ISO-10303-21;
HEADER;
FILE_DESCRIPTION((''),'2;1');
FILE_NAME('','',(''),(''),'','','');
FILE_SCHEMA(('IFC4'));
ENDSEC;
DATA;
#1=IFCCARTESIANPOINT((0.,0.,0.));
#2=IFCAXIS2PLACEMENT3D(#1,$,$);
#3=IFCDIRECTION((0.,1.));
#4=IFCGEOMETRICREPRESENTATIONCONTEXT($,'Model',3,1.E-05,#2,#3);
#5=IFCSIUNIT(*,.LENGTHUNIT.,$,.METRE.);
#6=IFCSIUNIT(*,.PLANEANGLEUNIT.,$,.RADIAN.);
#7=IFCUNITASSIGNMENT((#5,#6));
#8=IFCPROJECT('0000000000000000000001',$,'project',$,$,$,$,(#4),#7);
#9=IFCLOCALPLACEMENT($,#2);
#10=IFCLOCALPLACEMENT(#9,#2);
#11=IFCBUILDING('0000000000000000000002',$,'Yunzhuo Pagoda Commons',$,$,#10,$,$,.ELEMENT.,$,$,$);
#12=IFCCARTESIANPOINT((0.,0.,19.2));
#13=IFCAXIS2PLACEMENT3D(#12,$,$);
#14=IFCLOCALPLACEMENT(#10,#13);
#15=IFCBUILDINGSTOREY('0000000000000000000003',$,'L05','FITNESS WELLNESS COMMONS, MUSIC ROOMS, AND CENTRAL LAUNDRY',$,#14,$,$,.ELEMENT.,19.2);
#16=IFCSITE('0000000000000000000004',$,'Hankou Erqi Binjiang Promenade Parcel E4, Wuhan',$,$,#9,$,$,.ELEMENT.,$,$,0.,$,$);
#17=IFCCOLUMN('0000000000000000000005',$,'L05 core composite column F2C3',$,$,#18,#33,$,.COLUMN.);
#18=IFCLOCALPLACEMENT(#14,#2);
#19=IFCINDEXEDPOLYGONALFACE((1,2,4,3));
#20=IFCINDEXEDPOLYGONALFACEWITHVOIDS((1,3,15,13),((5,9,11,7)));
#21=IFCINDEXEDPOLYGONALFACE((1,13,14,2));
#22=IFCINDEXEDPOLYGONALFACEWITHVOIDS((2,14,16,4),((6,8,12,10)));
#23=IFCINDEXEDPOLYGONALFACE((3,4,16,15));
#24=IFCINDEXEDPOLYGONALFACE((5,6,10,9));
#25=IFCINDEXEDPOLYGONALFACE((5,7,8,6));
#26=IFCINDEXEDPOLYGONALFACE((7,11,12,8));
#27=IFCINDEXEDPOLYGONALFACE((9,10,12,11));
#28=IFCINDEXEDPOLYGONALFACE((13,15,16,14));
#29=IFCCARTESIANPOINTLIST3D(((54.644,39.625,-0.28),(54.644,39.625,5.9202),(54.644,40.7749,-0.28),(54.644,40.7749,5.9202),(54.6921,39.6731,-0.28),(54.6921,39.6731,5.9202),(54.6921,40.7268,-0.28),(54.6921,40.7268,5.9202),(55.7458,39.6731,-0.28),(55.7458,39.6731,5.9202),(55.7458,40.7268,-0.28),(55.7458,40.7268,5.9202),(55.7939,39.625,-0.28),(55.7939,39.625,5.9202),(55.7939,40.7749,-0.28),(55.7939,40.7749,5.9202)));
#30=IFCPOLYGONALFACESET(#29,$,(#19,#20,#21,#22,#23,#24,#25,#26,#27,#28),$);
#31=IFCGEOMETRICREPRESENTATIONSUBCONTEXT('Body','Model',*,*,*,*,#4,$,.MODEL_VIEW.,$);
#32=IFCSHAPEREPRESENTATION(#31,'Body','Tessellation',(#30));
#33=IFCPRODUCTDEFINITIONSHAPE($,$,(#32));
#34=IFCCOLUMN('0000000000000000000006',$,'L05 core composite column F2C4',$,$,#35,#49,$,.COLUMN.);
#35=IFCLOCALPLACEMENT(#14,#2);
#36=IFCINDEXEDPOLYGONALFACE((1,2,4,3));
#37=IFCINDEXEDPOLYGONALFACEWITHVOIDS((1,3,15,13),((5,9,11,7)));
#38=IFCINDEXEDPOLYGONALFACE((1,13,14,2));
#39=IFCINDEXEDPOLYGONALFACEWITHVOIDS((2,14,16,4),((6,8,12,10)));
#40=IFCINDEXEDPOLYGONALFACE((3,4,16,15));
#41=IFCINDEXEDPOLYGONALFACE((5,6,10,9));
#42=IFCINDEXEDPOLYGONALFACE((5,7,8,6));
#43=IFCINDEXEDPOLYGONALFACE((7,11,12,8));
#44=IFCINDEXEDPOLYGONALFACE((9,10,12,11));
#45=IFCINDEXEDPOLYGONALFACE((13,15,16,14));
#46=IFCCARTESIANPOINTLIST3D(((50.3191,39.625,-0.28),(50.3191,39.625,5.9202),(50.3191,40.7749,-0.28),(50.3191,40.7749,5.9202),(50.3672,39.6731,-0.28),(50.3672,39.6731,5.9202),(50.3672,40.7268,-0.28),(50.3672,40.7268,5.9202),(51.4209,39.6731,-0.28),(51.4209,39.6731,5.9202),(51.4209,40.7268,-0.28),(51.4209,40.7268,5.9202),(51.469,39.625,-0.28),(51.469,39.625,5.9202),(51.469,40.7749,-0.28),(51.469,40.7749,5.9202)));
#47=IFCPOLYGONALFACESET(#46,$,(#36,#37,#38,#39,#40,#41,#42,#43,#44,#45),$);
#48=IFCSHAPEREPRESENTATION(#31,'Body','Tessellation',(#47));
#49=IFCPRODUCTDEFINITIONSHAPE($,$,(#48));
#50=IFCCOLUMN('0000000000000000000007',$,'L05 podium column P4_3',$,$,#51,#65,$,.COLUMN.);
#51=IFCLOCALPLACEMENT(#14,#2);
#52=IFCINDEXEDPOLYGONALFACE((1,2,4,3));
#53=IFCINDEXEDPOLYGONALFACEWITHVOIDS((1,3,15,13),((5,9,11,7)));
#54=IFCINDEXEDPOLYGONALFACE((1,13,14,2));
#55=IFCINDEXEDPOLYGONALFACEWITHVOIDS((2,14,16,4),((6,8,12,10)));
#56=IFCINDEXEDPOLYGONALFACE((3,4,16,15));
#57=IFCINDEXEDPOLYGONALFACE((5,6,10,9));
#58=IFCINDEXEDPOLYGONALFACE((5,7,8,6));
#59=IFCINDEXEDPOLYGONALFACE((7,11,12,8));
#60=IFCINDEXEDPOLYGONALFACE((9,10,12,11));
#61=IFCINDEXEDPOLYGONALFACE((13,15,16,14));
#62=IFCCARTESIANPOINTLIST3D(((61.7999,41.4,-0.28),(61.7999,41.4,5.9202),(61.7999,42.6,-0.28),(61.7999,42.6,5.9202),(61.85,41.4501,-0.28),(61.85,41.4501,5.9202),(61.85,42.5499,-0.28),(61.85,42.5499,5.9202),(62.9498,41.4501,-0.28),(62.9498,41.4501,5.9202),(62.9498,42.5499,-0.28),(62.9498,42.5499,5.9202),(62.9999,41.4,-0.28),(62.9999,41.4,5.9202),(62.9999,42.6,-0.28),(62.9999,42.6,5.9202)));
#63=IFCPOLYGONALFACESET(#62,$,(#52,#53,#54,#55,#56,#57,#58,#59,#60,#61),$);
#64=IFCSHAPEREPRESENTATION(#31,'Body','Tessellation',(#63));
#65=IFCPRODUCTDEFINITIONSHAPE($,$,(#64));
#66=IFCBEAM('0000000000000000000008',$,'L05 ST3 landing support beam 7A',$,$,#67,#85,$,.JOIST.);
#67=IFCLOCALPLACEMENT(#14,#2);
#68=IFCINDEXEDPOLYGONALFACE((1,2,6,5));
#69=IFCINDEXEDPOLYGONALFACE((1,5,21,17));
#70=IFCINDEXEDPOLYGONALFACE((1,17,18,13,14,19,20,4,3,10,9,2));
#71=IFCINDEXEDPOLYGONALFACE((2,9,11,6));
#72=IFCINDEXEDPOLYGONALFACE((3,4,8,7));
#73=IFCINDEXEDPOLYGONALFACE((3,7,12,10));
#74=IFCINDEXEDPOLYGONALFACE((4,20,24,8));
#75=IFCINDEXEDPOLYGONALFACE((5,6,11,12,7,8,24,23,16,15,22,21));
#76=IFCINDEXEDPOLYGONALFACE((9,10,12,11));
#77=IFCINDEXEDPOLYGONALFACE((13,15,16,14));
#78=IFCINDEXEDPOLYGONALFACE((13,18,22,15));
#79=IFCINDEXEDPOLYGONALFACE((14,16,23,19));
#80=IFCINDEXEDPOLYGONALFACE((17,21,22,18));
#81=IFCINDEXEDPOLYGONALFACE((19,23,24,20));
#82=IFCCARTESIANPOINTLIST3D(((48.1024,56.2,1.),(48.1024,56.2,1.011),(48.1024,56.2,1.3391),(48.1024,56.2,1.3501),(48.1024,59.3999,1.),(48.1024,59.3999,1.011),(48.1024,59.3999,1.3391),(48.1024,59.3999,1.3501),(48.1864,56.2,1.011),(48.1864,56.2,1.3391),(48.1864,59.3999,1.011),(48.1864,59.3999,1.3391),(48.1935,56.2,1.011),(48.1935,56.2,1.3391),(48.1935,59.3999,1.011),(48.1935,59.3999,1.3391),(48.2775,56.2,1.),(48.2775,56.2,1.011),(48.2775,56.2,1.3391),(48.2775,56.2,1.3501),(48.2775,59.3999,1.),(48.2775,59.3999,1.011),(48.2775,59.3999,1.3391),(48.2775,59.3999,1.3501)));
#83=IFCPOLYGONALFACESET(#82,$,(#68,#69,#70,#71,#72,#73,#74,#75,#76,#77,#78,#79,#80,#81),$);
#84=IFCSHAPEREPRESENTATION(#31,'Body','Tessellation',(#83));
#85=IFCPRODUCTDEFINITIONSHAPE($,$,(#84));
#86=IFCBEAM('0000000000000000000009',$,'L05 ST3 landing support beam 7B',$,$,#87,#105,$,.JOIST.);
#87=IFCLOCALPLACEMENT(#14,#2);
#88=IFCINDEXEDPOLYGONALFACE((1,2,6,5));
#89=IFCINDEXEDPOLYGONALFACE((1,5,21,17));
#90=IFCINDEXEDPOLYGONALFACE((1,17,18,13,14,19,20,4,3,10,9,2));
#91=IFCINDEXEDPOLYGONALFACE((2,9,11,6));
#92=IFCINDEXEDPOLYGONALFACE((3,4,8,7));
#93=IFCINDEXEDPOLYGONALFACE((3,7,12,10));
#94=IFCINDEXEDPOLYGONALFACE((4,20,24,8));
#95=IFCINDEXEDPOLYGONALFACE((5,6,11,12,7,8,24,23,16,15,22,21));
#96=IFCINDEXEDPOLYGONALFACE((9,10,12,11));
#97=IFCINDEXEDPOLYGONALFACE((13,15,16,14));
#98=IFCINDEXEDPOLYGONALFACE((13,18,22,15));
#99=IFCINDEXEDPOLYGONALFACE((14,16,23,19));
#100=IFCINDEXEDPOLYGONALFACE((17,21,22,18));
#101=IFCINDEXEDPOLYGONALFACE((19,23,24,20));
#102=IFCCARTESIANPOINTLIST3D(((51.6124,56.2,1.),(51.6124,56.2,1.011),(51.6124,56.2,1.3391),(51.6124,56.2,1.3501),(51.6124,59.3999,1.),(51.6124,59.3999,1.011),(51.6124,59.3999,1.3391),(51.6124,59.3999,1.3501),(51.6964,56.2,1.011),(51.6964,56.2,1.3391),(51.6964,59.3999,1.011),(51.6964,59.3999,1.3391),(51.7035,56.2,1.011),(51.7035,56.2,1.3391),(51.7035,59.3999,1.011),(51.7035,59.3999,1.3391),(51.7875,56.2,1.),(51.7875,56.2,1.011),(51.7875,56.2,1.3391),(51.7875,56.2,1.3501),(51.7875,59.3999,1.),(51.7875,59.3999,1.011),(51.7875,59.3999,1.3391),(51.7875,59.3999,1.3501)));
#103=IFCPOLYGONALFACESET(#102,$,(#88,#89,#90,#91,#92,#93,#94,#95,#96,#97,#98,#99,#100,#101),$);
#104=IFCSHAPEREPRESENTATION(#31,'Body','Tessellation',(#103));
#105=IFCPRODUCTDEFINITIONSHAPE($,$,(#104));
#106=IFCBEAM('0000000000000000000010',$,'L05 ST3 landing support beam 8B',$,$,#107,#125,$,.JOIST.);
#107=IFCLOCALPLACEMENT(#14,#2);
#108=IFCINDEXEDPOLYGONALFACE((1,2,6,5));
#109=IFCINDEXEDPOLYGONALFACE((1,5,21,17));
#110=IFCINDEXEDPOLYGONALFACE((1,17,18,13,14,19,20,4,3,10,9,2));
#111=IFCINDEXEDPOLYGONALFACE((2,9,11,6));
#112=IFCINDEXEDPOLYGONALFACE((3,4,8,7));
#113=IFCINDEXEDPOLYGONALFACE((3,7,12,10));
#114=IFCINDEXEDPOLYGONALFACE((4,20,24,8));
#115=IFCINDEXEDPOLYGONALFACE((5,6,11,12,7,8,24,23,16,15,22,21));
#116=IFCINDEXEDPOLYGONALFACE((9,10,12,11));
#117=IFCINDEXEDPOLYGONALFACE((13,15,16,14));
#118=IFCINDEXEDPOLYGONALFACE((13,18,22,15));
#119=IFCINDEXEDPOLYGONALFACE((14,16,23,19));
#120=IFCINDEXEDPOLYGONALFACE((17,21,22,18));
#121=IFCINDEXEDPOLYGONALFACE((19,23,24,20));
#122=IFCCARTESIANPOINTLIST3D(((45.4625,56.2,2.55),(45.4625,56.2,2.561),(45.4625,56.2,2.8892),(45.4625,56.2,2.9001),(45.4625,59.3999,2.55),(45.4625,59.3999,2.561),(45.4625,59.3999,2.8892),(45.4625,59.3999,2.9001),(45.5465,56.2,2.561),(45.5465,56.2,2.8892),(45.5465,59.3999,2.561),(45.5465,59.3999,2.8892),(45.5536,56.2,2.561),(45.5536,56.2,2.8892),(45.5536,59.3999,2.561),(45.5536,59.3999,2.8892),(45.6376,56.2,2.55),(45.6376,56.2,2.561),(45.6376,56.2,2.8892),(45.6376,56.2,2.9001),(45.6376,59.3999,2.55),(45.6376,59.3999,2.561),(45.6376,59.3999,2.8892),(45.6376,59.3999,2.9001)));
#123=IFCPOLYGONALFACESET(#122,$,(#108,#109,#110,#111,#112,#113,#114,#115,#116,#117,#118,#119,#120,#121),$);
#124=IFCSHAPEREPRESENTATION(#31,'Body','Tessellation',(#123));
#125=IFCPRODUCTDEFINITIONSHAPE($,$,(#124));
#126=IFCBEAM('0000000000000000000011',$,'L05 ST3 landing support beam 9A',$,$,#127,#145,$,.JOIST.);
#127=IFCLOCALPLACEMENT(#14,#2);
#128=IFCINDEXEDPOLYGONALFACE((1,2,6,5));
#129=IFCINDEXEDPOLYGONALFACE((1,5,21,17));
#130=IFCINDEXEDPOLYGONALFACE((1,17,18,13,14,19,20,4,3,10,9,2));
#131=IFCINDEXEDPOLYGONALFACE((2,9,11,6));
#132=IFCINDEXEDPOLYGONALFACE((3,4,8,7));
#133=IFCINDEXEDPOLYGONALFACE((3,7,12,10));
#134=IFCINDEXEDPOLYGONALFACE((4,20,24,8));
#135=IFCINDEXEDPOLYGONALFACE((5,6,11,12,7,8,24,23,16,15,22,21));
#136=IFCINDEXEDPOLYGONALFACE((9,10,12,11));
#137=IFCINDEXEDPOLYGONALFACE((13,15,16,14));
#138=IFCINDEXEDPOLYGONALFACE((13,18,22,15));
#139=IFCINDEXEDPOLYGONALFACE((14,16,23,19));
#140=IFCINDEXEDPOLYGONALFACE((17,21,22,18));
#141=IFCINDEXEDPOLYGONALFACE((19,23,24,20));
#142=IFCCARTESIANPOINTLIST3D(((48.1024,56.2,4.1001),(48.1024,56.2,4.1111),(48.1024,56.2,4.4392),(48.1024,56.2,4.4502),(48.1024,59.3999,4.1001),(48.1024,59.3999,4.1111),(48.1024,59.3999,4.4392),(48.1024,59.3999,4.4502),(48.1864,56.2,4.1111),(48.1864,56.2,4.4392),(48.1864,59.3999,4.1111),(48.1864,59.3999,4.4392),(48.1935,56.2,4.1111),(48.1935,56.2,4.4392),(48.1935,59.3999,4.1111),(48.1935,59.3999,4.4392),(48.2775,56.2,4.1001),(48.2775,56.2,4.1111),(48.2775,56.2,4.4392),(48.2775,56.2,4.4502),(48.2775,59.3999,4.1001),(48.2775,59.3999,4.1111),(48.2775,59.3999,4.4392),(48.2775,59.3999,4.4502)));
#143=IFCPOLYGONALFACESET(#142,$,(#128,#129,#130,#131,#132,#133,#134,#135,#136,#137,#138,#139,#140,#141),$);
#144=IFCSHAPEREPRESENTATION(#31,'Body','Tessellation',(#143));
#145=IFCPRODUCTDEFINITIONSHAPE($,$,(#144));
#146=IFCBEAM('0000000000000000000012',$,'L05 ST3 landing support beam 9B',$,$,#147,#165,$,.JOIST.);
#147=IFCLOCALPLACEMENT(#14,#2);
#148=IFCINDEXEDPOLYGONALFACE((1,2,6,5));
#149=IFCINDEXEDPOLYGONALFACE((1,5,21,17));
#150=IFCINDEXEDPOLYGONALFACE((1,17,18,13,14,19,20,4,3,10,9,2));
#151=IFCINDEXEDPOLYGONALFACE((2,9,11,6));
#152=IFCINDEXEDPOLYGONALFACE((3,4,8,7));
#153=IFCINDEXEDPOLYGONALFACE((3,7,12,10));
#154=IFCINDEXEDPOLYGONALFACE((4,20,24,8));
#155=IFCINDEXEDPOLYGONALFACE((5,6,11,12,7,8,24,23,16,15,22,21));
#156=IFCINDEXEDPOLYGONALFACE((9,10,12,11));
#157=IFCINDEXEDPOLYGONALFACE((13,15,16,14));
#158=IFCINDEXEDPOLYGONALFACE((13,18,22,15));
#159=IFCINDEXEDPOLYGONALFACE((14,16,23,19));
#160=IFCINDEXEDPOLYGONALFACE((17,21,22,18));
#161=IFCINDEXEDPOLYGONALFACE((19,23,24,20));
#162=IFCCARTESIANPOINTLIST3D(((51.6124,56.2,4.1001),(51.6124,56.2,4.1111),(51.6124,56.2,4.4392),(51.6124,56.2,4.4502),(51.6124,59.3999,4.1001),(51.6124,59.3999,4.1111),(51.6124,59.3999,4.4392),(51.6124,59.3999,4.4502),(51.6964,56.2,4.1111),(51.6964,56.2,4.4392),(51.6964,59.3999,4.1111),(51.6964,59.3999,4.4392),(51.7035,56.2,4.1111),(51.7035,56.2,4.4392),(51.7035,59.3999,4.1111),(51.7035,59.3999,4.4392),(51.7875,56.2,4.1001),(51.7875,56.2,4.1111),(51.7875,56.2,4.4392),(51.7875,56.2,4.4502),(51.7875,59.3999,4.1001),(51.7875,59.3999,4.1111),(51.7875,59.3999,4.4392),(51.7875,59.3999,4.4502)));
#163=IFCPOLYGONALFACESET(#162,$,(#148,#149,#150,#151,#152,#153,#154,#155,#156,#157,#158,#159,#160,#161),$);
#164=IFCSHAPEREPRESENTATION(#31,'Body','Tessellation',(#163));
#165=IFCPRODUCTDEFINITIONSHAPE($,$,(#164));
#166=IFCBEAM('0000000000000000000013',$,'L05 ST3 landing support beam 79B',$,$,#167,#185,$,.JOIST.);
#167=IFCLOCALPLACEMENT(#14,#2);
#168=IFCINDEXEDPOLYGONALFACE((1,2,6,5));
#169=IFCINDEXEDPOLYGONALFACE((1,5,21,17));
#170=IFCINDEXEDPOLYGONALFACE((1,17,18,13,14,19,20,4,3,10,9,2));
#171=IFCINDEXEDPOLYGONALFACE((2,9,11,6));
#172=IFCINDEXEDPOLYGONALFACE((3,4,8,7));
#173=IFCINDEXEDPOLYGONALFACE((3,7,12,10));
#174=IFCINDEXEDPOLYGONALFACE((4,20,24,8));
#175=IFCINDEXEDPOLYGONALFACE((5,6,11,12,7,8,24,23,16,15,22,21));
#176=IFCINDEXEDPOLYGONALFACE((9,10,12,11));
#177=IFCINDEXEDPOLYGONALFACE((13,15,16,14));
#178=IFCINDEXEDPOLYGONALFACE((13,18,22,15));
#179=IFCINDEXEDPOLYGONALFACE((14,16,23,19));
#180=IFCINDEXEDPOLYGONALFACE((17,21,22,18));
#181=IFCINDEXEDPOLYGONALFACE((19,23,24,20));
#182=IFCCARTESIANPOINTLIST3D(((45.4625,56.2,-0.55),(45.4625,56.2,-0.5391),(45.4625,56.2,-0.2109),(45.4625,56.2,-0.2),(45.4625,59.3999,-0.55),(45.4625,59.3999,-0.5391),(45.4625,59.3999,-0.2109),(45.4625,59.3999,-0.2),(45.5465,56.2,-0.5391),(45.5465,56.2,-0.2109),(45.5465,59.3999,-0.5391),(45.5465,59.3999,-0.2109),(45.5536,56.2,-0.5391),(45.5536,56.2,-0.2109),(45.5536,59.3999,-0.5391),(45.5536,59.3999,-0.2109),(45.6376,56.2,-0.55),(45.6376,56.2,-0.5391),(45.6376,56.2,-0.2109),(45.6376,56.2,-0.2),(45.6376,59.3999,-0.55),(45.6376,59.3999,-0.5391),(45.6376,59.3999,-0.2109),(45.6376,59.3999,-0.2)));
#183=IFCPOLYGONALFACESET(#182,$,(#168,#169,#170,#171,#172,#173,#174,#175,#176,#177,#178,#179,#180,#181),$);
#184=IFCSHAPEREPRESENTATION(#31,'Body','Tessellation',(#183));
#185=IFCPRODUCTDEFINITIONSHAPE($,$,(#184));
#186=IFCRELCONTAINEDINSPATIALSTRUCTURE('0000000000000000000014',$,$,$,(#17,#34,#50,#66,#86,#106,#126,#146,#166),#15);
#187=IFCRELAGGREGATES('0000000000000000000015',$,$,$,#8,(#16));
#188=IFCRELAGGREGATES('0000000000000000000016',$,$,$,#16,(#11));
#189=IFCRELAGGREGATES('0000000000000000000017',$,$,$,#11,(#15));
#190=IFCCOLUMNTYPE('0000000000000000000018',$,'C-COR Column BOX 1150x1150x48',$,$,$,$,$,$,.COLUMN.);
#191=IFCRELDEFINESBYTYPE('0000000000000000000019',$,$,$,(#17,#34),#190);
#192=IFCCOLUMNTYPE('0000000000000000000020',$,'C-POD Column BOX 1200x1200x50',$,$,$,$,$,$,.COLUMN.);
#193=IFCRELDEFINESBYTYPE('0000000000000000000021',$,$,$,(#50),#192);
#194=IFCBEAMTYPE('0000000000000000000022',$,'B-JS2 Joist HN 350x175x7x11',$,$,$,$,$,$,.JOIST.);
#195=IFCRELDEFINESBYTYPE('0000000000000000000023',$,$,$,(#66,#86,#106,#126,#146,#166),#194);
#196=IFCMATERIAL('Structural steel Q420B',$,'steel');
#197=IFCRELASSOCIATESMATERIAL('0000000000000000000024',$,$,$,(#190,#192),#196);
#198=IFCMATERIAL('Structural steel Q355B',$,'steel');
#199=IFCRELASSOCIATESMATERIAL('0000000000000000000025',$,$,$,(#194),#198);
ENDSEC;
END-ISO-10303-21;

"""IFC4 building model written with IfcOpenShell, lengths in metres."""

from ifc_helpers import new_model, si_unit, direction, frame, origin, origin_2d, place, context, subcontext, project, spatial, hollow_rectangle, i_section, extrude, source, transform, mapped, material, material_profile, profile_set, type_object, element, save


model = new_model("IFC4")

# Units and contexts
model_context = context("Model", 3, precision=1e-05, world=origin(), true_north=direction((0.0, 1.0)))
body_context = subcontext(model_context, "Body", "Model", "MODEL_VIEW")
ifc_project = project(units=[si_unit("LENGTHUNIT", "METRE"), si_unit("PLANEANGLEUNIT", "RADIAN")], contexts=[model_context])

# Site, building, storey
site_placement = place(None, origin())
site = spatial("IfcSite", under=ifc_project, at=site_placement, Name="Hankou Erqi Binjiang Promenade Parcel E4, Wuhan", CompositionType="ELEMENT", RefElevation=0.0)
building_placement = place(site_placement, origin())
building = spatial("IfcBuilding", under=site, at=building_placement, Name="Yunzhuo Pagoda Commons", CompositionType="ELEMENT")
storey_placement = place(building_placement, frame((0.0, 0.0, 19.2)))
storey = spatial("IfcBuildingStorey", under=building, at=storey_placement, Name="L05", Description="FITNESS WELLNESS COMMONS, MUSIC ROOMS, AND CENTRAL LAUNDRY", CompositionType="ELEMENT", Elevation=19.2)

# Columns
ifc_material_1 = material(Name="Structural steel Q420B", Category="steel")
ifc_material_profile_1 = material_profile(ifc_material_1, hollow_rectangle(XDim=1.1499, YDim=1.1499, WallThickness=0.0481, at=origin_2d()), Name="Structural steel Q420B")
ifc_profile_set_1 = profile_set([ifc_material_profile_1], Name="Structural steel Q420B")
column_type_1 = type_object("IfcColumnType", Name="C-COR Column BOX 1150x1150x48", PredefinedType="COLUMN", material=ifc_profile_set_1)
shared_shape_1 = source(origin(), body_context, "Body", "SweptSolid", [
    extrude(hollow_rectangle(XDim=1.1499, YDim=1.1499, WallThickness=0.0481, at=origin_2d()), origin(), (0.0, 0.0, 1.0), 6.2002),
])
for number, where, z_axis, x_axis, name in (
    (1, (55.219, 40.2, -0.28), (0.0, 0.0, 1.0), (1.0, 0.0, 0.0), "L05 core composite column F2C3"),
    (2, (50.894, 40.2, -0.28), (0.0, 0.0, 1.0), (1.0, 0.0, 0.0), "L05 core composite column F2C4"),
):
    element("IfcColumn", number, at=place(storey_placement, frame(where, z_axis=z_axis, x_axis=x_axis)), inside=storey, type_object=column_type_1, Name=name, PredefinedType="COLUMN", context=body_context, shape_type="MappedRepresentation", body=[
        mapped(shared_shape_1, transform((0.0, 0.0, 0.0), scale=1.0)),
    ])
ifc_material_profile_2 = material_profile(ifc_material_1, hollow_rectangle(XDim=1.2, YDim=1.2, WallThickness=0.05, at=origin_2d()), Name="Structural steel Q420B")
ifc_profile_set_2 = profile_set([ifc_material_profile_2], Name="Structural steel Q420B")
column_type_2 = type_object("IfcColumnType", Name="C-POD Column BOX 1200x1200x50", PredefinedType="COLUMN", material=ifc_profile_set_2)
shared_shape_2 = source(origin(), body_context, "Body", "SweptSolid", [
    extrude(hollow_rectangle(XDim=1.2, YDim=1.2, WallThickness=0.05, at=origin_2d()), origin(), (0.0, 0.0, 1.0), 6.2002),
])
column_placement = place(storey_placement, frame((62.3999, 42.0, -0.28), z_axis=(0.0, 0.0, 1.0), x_axis=(1.0, 0.0, 0.0)))
element("IfcColumn", 3, at=column_placement, inside=storey, type_object=column_type_2, Name="L05 podium column P4_3", PredefinedType="COLUMN", context=body_context, shape_type="MappedRepresentation", body=[
    mapped(shared_shape_2, transform((0.0, 0.0, 0.0), scale=1.0)),
])

# Beams
ifc_material_2 = material(Name="Structural steel Q355B", Category="steel")
ifc_material_profile_3 = material_profile(ifc_material_2, i_section(OverallWidth=0.175, OverallDepth=0.3501, WebThickness=0.0071, FlangeThickness=0.011, at=origin_2d()), Name="Structural steel Q355B")
ifc_profile_set_3 = profile_set([ifc_material_profile_3], Name="Structural steel Q355B")
beam_type_1 = type_object("IfcBeamType", Name="B-JS2 Joist HN 350x175x7x11", PredefinedType="JOIST", material=ifc_profile_set_3)
shared_shape_3 = source(origin(), body_context, "Body", "SweptSolid", [
    extrude(i_section(OverallWidth=0.175, OverallDepth=0.3501, WebThickness=0.0071, FlangeThickness=0.011, at=origin_2d()), origin(), (0.0, 0.0, 1.0), 3.2),
])
for number, where, z_axis, x_axis, name in (
    (4, (48.1899, 56.2, 1.175), (0.0, 1.0, 0.0), (-1.0, 0.0, 0.0), "L05 ST3 landing support beam 7A"),
    (5, (51.7, 56.2, 1.175), (0.0, 1.0, 0.0), (-1.0, 0.0, 0.0), "L05 ST3 landing support beam 7B"),
    (6, (45.55, 56.2, 2.7251), (0.0, 1.0, 0.0), (-1.0, 0.0, 0.0), "L05 ST3 landing support beam 8B"),
    (7, (48.1899, 56.2, 4.2751), (0.0, 1.0, 0.0), (-1.0, 0.0, 0.0), "L05 ST3 landing support beam 9A"),
    (8, (51.7, 56.2, 4.2751), (0.0, 1.0, 0.0), (-1.0, 0.0, 0.0), "L05 ST3 landing support beam 9B"),
    (9, (45.55, 56.2, -0.375), (0.0, 1.0, 0.0), (-1.0, 0.0, 0.0), "L05 ST3 landing support beam 79B"),
):
    element("IfcBeam", number, at=place(storey_placement, frame(where, z_axis=z_axis, x_axis=x_axis)), inside=storey, type_object=beam_type_1, Name=name, PredefinedType="JOIST", context=body_context, shape_type="MappedRepresentation", body=[
        mapped(shared_shape_3, transform((0.0, 0.0, 0.0), scale=1.0)),
    ])

save(model, "model.ifc")
